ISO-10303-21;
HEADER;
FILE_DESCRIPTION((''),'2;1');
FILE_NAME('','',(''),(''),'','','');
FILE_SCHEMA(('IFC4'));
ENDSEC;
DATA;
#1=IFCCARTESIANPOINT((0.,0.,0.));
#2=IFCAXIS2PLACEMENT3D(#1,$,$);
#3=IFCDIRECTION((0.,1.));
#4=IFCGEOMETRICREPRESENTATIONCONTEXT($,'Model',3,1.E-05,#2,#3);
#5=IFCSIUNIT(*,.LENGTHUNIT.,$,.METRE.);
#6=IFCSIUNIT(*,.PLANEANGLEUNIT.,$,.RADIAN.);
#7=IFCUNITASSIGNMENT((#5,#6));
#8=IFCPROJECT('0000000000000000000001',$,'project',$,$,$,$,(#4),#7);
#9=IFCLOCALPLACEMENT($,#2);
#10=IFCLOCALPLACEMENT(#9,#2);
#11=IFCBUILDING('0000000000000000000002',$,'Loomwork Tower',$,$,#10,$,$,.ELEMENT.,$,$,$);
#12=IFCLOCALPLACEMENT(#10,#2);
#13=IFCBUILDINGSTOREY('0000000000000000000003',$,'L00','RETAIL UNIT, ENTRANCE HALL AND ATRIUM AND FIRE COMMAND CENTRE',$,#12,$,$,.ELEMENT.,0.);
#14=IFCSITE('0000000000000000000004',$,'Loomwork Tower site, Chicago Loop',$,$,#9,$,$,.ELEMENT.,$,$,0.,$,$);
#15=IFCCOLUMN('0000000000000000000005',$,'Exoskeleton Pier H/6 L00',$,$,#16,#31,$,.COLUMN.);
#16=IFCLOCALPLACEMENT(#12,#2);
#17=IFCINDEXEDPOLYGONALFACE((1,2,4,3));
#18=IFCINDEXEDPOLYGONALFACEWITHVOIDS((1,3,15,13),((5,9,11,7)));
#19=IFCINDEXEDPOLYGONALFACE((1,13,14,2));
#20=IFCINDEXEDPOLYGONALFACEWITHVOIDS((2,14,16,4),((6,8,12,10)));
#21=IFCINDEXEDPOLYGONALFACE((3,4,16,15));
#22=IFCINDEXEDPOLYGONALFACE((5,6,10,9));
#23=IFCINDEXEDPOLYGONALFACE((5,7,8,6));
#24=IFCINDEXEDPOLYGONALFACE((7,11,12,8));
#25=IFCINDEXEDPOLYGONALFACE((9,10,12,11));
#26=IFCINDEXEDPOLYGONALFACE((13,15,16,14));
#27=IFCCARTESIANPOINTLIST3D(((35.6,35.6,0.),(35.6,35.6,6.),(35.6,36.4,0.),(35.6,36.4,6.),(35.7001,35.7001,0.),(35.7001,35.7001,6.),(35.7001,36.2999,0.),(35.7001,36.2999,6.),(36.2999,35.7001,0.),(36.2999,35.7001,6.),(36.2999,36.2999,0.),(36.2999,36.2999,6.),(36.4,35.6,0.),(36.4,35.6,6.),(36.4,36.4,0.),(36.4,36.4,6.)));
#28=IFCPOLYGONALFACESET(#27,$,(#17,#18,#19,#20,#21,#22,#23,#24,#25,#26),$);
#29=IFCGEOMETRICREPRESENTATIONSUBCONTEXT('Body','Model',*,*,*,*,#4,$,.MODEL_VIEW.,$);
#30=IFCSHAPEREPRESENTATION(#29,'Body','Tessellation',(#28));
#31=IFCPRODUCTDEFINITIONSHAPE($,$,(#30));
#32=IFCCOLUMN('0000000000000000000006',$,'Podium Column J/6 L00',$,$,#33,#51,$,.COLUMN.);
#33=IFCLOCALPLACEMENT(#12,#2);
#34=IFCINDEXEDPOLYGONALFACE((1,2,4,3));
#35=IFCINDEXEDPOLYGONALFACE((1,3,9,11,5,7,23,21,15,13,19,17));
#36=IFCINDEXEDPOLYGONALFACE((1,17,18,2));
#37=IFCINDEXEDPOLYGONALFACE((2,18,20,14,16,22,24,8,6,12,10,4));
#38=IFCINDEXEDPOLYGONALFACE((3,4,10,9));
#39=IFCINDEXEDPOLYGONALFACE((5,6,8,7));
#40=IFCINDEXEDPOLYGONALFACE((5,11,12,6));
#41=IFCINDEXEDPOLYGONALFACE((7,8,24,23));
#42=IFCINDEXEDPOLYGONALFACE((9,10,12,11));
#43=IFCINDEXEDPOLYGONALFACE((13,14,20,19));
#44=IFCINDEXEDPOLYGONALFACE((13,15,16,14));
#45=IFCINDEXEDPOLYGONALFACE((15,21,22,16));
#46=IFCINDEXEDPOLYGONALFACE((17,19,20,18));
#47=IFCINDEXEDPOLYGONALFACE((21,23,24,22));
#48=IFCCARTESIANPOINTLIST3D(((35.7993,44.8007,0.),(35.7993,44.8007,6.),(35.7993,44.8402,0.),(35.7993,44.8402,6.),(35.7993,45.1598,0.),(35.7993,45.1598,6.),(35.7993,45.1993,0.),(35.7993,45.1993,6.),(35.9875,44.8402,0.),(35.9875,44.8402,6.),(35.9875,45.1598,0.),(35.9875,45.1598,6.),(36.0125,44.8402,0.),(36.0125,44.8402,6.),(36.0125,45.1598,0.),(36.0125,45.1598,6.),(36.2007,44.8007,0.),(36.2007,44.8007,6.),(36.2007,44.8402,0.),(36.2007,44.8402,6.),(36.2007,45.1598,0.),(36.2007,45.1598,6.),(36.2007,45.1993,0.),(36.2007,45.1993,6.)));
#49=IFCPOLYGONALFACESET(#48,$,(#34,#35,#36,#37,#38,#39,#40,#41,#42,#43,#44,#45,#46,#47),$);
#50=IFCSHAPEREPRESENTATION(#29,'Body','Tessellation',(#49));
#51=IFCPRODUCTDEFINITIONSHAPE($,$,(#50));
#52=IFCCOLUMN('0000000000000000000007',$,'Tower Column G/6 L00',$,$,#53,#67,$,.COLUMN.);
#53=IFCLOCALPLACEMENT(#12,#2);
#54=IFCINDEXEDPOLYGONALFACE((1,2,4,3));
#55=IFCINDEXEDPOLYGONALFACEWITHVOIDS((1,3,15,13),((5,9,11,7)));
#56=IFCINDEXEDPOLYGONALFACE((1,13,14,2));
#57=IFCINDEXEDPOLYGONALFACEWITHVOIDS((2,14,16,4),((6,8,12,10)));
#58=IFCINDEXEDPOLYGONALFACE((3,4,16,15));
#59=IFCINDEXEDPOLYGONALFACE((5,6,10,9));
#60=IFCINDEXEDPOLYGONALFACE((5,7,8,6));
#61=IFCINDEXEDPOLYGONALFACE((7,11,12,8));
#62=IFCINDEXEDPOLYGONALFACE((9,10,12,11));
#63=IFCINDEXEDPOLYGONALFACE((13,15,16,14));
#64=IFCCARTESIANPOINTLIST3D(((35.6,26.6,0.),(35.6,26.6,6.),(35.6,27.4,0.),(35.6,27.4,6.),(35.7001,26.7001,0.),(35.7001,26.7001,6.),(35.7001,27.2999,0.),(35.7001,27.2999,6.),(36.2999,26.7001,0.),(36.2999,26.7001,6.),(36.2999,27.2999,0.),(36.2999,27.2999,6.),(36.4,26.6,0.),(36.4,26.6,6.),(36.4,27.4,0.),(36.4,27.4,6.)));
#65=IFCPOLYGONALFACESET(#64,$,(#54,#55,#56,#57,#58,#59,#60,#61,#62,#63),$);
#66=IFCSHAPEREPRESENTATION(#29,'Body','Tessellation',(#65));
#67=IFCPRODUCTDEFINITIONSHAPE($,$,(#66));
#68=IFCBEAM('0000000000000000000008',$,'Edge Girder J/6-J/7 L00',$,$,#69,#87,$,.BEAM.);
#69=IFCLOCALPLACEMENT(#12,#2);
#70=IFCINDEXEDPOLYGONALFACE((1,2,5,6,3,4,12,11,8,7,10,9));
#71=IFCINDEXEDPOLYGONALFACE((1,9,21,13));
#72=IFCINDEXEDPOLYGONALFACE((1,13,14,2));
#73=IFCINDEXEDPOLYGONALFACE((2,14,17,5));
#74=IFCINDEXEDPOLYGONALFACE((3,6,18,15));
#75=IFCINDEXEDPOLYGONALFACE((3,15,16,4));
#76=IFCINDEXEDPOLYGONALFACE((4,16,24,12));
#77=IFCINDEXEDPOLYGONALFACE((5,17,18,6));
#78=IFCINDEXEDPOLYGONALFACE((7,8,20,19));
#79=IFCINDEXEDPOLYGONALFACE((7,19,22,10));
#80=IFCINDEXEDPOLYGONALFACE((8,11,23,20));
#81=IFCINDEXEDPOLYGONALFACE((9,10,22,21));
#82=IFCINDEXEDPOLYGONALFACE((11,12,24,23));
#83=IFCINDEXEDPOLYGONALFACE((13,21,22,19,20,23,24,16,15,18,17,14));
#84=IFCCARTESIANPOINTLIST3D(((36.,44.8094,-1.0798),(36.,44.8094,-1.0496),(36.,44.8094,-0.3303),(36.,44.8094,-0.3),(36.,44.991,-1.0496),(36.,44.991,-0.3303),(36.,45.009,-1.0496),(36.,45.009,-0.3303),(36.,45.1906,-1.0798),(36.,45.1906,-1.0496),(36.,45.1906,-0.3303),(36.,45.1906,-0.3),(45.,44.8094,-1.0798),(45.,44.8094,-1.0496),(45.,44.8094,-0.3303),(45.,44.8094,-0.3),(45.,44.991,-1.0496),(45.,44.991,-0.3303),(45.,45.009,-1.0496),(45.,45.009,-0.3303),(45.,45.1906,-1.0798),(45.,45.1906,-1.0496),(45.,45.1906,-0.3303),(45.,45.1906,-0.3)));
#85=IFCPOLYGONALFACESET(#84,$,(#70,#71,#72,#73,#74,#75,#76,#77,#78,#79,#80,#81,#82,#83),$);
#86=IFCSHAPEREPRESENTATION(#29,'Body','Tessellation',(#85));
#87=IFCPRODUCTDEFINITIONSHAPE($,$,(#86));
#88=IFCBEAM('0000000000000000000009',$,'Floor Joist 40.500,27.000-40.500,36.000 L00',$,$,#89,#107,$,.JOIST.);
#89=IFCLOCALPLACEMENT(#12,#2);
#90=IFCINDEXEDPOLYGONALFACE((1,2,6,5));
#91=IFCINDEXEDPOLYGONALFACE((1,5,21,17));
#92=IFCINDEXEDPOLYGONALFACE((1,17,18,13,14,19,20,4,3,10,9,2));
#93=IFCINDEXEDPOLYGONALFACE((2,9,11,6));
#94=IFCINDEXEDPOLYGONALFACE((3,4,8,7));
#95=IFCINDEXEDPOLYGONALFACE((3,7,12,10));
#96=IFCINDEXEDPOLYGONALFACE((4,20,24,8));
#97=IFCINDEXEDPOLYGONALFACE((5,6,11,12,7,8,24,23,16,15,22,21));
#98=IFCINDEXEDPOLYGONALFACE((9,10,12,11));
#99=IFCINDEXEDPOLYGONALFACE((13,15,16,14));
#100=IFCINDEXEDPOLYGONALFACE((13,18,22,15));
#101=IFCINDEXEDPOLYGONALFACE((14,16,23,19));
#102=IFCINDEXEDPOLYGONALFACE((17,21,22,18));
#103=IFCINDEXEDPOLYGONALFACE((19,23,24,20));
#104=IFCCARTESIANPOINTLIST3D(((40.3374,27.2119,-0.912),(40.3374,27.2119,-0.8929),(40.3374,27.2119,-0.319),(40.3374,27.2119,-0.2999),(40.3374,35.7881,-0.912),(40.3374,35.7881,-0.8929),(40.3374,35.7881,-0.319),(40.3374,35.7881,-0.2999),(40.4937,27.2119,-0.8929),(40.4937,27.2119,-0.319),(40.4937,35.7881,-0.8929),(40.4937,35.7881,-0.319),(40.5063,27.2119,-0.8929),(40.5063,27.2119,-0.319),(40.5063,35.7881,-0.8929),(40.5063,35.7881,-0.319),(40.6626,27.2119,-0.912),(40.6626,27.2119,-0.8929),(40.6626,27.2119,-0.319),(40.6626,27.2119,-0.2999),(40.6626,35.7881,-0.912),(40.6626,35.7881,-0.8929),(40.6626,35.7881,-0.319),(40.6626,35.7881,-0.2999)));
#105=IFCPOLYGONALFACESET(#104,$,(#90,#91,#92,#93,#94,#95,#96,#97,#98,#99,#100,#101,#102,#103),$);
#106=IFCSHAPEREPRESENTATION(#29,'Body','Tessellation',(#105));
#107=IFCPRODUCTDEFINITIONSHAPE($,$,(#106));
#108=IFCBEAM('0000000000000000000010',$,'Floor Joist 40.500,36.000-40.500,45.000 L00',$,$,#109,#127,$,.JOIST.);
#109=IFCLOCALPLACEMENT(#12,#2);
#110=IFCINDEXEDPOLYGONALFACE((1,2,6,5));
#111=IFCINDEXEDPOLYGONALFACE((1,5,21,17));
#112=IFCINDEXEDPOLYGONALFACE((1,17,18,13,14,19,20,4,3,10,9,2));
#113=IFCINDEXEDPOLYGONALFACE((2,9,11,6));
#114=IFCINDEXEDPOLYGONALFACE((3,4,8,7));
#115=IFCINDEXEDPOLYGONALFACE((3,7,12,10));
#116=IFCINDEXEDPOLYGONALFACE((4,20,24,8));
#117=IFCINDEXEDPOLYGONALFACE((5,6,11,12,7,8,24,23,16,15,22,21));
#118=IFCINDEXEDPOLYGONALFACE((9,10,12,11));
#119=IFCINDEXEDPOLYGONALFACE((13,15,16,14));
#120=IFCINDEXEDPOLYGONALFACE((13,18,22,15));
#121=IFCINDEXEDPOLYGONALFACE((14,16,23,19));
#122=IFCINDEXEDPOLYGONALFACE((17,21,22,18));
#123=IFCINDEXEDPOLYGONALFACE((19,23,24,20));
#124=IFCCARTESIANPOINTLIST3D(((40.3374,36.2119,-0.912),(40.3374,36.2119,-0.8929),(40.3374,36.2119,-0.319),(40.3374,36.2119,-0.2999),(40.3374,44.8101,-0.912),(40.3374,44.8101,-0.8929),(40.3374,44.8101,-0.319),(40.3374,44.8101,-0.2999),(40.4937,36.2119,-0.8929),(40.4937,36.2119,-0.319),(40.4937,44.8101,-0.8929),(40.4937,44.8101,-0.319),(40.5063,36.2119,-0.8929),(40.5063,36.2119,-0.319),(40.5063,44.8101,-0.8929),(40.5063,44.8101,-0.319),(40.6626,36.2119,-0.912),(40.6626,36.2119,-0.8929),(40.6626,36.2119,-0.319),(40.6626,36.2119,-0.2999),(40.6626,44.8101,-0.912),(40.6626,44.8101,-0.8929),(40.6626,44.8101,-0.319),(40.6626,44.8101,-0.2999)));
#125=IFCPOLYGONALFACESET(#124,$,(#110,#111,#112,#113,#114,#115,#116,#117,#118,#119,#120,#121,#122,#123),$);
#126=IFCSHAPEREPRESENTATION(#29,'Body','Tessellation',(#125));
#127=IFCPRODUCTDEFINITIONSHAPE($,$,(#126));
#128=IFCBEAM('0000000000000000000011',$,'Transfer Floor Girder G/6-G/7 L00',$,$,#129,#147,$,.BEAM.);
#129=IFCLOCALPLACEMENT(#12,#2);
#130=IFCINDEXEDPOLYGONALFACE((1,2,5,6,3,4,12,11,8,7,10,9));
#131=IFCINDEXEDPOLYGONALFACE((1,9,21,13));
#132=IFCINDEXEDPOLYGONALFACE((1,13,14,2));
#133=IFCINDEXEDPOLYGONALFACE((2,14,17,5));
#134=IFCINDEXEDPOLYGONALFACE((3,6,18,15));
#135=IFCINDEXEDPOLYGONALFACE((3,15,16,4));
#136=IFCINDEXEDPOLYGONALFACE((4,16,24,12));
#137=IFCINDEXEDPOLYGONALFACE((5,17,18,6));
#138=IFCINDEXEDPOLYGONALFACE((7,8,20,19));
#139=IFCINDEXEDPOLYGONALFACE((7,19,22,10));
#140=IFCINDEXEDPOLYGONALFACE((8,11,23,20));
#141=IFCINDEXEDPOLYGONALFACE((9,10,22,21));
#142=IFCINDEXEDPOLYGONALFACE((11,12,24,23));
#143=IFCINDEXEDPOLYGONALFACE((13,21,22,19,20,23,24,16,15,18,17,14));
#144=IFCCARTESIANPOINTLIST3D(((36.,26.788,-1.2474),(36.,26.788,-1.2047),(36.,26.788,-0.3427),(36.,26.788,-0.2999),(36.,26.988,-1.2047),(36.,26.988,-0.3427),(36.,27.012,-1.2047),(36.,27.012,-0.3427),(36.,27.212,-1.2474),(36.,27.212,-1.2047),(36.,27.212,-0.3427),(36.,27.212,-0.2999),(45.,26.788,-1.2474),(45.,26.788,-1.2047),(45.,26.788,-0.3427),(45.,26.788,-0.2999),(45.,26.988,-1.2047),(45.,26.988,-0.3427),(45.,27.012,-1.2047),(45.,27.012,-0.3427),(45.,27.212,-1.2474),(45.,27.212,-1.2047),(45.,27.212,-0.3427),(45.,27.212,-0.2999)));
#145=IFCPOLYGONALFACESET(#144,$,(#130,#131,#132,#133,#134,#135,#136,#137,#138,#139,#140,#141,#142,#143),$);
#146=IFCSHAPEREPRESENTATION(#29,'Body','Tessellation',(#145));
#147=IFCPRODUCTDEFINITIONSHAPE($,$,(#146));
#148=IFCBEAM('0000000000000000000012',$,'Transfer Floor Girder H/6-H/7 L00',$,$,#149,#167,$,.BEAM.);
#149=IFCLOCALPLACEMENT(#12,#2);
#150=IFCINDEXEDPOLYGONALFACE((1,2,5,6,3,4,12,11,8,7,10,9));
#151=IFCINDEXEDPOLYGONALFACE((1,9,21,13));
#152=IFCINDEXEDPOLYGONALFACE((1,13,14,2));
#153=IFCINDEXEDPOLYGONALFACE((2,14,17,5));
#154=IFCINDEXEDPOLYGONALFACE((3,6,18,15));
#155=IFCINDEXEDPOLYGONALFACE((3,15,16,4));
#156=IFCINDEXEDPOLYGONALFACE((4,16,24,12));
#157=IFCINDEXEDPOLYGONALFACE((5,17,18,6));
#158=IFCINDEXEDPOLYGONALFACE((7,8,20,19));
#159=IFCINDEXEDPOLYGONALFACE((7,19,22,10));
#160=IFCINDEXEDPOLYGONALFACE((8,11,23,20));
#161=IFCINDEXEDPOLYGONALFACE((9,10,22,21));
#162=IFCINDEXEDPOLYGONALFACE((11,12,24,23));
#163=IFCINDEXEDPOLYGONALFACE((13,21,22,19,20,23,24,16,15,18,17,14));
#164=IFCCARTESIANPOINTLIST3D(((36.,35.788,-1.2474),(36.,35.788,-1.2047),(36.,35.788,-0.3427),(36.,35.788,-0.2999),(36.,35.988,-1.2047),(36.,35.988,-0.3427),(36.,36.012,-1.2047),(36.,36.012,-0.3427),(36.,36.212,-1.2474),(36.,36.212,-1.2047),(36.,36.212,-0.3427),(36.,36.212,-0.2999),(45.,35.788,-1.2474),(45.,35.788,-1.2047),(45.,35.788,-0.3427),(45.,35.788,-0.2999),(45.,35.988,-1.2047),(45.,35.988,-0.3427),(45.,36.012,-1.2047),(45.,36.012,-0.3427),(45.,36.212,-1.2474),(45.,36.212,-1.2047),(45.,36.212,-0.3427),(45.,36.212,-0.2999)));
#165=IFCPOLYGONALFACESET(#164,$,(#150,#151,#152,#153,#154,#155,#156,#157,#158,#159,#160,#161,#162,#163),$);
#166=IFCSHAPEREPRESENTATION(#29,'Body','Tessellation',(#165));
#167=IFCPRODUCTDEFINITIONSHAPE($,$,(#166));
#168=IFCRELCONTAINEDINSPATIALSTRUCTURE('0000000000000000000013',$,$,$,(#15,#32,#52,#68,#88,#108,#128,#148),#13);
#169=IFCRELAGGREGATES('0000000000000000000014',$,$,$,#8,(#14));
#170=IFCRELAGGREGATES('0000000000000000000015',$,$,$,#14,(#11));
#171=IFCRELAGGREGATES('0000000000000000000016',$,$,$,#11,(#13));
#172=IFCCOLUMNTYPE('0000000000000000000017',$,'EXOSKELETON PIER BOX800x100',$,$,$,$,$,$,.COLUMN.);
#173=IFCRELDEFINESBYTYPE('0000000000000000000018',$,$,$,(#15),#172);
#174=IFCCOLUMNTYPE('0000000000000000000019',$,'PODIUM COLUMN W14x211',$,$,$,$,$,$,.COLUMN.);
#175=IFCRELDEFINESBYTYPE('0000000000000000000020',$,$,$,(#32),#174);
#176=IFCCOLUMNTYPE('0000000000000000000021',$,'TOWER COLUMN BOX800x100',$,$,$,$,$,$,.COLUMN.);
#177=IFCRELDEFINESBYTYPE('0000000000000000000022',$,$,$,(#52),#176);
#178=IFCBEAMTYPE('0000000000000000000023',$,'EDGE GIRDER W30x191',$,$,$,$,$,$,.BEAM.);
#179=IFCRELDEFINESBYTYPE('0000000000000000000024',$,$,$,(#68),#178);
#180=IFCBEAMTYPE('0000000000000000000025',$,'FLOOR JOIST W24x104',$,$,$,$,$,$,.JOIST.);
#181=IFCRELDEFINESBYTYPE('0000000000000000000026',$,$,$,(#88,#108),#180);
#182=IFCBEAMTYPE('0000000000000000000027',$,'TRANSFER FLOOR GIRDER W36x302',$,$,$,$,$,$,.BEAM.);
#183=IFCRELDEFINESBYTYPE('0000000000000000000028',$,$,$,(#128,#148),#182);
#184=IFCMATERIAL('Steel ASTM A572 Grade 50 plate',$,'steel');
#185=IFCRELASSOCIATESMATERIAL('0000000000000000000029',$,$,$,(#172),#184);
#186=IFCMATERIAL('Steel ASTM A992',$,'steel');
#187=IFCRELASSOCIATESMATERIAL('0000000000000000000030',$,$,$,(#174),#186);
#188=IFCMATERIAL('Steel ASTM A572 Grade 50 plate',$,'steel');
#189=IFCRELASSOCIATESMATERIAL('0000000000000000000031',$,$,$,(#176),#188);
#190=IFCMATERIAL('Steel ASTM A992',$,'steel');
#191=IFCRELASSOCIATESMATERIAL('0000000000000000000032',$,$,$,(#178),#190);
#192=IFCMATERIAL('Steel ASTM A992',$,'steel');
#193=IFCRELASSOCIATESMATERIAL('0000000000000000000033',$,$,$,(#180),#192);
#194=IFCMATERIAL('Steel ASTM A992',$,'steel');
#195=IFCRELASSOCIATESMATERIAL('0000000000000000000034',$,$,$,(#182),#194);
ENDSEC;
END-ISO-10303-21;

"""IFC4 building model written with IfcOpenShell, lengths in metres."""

from ifc_helpers import new_model, si_unit, direction, frame, origin, origin_2d, place, context, subcontext, project, spatial, hollow_rectangle, i_section, extrude, material, material_profile, profile_set, type_object, element, save


model = new_model("IFC4")

# Units and contexts
model_context = context("Model", 3, precision=1e-05, world=origin(), true_north=direction((0.0, 1.0)))
body_context = subcontext(model_context, "Body", "Model", "MODEL_VIEW")
ifc_project = project(units=[si_unit("LENGTHUNIT", "METRE"), si_unit("PLANEANGLEUNIT", "RADIAN")], contexts=[model_context])

# Site, building, storey
site_placement = place(None, origin())
site = spatial("IfcSite", under=ifc_project, at=site_placement, Name="Loomwork Tower site, Chicago Loop", CompositionType="ELEMENT", RefElevation=0.0)
building_placement = place(site_placement, origin())
building = spatial("IfcBuilding", under=site, at=building_placement, Name="Loomwork Tower", CompositionType="ELEMENT")
storey_placement = place(building_placement, origin())
storey = spatial("IfcBuildingStorey", under=building, at=storey_placement, Name="L00", Description="RETAIL UNIT, ENTRANCE HALL AND ATRIUM AND FIRE COMMAND CENTRE", CompositionType="ELEMENT", Elevation=0.0)

# Columns
ifc_material_1 = material(Name="Steel ASTM A572 Grade 50 plate", Category="steel")
ifc_material_profile_1 = material_profile(ifc_material_1, hollow_rectangle(XDim=0.8, YDim=0.8, WallThickness=0.1001, at=origin_2d()), Name="BOX800x100")
ifc_profile_set_1 = profile_set([ifc_material_profile_1], Name="Steel ASTM A572 Grade 50 plate")
column_type_1 = type_object("IfcColumnType", Name="EXOSKELETON PIER BOX800x100", PredefinedType="COLUMN", material=ifc_profile_set_1)
column_1_placement = place(storey_placement, frame((36.0, 36.0, 0.0), z_axis=(0.0, 0.0, 1.0), x_axis=(1.0, 0.0, 0.0)))
element("IfcColumn", 1, at=column_1_placement, inside=storey, type_object=column_type_1, Name="Exoskeleton Pier H/6 L00", PredefinedType="COLUMN", context=body_context, shape_type="SweptSolid", body=[
    extrude(hollow_rectangle(XDim=0.8, YDim=0.8, WallThickness=0.1001, at=origin_2d()), origin(), (0.0, 0.0, 1.0), 6.0),
])
ifc_material_2 = material(Name="Steel ASTM A992", Category="steel")
ifc_material_profile_2 = material_profile(ifc_material_2, i_section(OverallWidth=0.4014, OverallDepth=0.3987, WebThickness=0.0249, FlangeThickness=0.0396, at=origin_2d()), Name="W14x211")
ifc_profile_set_2 = profile_set([ifc_material_profile_2], Name="Steel ASTM A992")
column_type_2 = type_object("IfcColumnType", Name="PODIUM COLUMN W14x211", PredefinedType="COLUMN", material=ifc_profile_set_2)
column_2_placement = place(storey_placement, frame((36.0, 45.0, 0.0), z_axis=(0.0, 0.0, 1.0), x_axis=(1.0, 0.0, 0.0)))
element("IfcColumn", 2, at=column_2_placement, inside=storey, type_object=column_type_2, Name="Podium Column J/6 L00", PredefinedType="COLUMN", context=body_context, shape_type="SweptSolid", body=[
    extrude(i_section(OverallWidth=0.4014, OverallDepth=0.3987, WebThickness=0.0249, FlangeThickness=0.0396, at=origin_2d()), origin(), (0.0, 0.0, 1.0), 6.0),
])
ifc_material_3 = material(Name="Steel ASTM A572 Grade 50 plate", Category="steel")
ifc_material_profile_3 = material_profile(ifc_material_3, hollow_rectangle(XDim=0.8, YDim=0.8, WallThickness=0.1001, at=origin_2d()), Name="BOX800x100")
ifc_profile_set_3 = profile_set([ifc_material_profile_3], Name="Steel ASTM A572 Grade 50 plate")
column_type_3 = type_object("IfcColumnType", Name="TOWER COLUMN BOX800x100", PredefinedType="COLUMN", material=ifc_profile_set_3)
column_3_placement = place(storey_placement, frame((36.0, 27.0, 0.0), z_axis=(0.0, 0.0, 1.0), x_axis=(1.0, 0.0, 0.0)))
element("IfcColumn", 3, at=column_3_placement, inside=storey, type_object=column_type_3, Name="Tower Column G/6 L00", PredefinedType="COLUMN", context=body_context, shape_type="SweptSolid", body=[
    extrude(hollow_rectangle(XDim=0.8, YDim=0.8, WallThickness=0.1001, at=origin_2d()), origin(), (0.0, 0.0, 1.0), 6.0),
])

# Beams
ifc_material_4 = material(Name="Steel ASTM A992", Category="steel")
ifc_material_profile_4 = material_profile(ifc_material_4, i_section(OverallWidth=0.3811, OverallDepth=0.7798, WebThickness=0.0181, FlangeThickness=0.0303, at=origin_2d()), Name="W30x191")
ifc_profile_set_4 = profile_set([ifc_material_profile_4], Name="Steel ASTM A992")
beam_type_1 = type_object("IfcBeamType", Name="EDGE GIRDER W30x191", PredefinedType="BEAM", material=ifc_profile_set_4)
beam_1_placement = place(storey_placement, frame((36.0, 45.0, -0.6899), z_axis=(1.0, 0.0, 0.0), x_axis=(0.0, 1.0, 0.0)))
element("IfcBeam", 4, at=beam_1_placement, inside=storey, type_object=beam_type_1, Name="Edge Girder J/6-J/7 L00", PredefinedType="BEAM", context=body_context, shape_type="SweptSolid", body=[
    extrude(i_section(OverallWidth=0.3811, OverallDepth=0.7798, WebThickness=0.0181, FlangeThickness=0.0303, at=origin_2d()), origin(), (0.0, 0.0, 1.0), 9.0),
])
ifc_material_5 = material(Name="Steel ASTM A992", Category="steel")
ifc_material_profile_5 = material_profile(ifc_material_5, i_section(OverallWidth=0.3252, OverallDepth=0.6121, WebThickness=0.0127, FlangeThickness=0.019, at=origin_2d()), Name="W24x104")
ifc_profile_set_5 = profile_set([ifc_material_profile_5], Name="Steel ASTM A992")
beam_type_2 = type_object("IfcBeamType", Name="FLOOR JOIST W24x104", PredefinedType="JOIST", material=ifc_profile_set_5)
beam_2_placement = place(storey_placement, frame((40.5, 27.2119, -0.606), z_axis=(0.0, 1.0, 0.0), x_axis=(-1.0, 0.0, 0.0)))
element("IfcBeam", 5, at=beam_2_placement, inside=storey, type_object=beam_type_2, Name="Floor Joist 40.500,27.000-40.500,36.000 L00", PredefinedType="JOIST", context=body_context, shape_type="SweptSolid", body=[
    extrude(i_section(OverallWidth=0.3252, OverallDepth=0.6121, WebThickness=0.0127, FlangeThickness=0.019, at=origin_2d()), origin(), (0.0, 0.0, 1.0), 8.5762),
])
beam_3_placement = place(storey_placement, frame((40.5, 36.2119, -0.606), z_axis=(0.0, 1.0, 0.0), x_axis=(-1.0, 0.0, 0.0)))
element("IfcBeam", 6, at=beam_3_placement, inside=storey, type_object=beam_type_2, Name="Floor Joist 40.500,36.000-40.500,45.000 L00", PredefinedType="JOIST", context=body_context, shape_type="SweptSolid", body=[
    extrude(i_section(OverallWidth=0.3252, OverallDepth=0.6121, WebThickness=0.0127, FlangeThickness=0.019, at=origin_2d()), origin(), (0.0, 0.0, 1.0), 8.5981),
])
ifc_material_6 = material(Name="Steel ASTM A992", Category="steel")
ifc_material_profile_6 = material_profile(ifc_material_6, i_section(OverallWidth=0.4241, OverallDepth=0.9475, WebThickness=0.0239, FlangeThickness=0.0427, at=origin_2d()), Name="W36x302")
ifc_profile_set_6 = profile_set([ifc_material_profile_6], Name="Steel ASTM A992")
beam_type_3 = type_object("IfcBeamType", Name="TRANSFER FLOOR GIRDER W36x302", PredefinedType="BEAM", material=ifc_profile_set_6)
for number, where, z_axis, x_axis, name in (
    (7, (36.0, 27.0, -0.7737), (1.0, 0.0, 0.0), (0.0, 1.0, 0.0), "Transfer Floor Girder G/6-G/7 L00"),
    (8, (36.0, 36.0, -0.7737), (1.0, 0.0, 0.0), (0.0, 1.0, 0.0), "Transfer Floor Girder H/6-H/7 L00"),
):
    element("IfcBeam", number, at=place(storey_placement, frame(where, z_axis=z_axis, x_axis=x_axis)), inside=storey, type_object=beam_type_3, Name=name, PredefinedType="BEAM", context=body_context, shape_type="SweptSolid", body=[
        extrude(i_section(OverallWidth=0.4241, OverallDepth=0.9475, WebThickness=0.0239, FlangeThickness=0.0427, at=origin_2d()), origin(), (0.0, 0.0, 1.0), 9.0),
    ])

save(model, "model.ifc")
